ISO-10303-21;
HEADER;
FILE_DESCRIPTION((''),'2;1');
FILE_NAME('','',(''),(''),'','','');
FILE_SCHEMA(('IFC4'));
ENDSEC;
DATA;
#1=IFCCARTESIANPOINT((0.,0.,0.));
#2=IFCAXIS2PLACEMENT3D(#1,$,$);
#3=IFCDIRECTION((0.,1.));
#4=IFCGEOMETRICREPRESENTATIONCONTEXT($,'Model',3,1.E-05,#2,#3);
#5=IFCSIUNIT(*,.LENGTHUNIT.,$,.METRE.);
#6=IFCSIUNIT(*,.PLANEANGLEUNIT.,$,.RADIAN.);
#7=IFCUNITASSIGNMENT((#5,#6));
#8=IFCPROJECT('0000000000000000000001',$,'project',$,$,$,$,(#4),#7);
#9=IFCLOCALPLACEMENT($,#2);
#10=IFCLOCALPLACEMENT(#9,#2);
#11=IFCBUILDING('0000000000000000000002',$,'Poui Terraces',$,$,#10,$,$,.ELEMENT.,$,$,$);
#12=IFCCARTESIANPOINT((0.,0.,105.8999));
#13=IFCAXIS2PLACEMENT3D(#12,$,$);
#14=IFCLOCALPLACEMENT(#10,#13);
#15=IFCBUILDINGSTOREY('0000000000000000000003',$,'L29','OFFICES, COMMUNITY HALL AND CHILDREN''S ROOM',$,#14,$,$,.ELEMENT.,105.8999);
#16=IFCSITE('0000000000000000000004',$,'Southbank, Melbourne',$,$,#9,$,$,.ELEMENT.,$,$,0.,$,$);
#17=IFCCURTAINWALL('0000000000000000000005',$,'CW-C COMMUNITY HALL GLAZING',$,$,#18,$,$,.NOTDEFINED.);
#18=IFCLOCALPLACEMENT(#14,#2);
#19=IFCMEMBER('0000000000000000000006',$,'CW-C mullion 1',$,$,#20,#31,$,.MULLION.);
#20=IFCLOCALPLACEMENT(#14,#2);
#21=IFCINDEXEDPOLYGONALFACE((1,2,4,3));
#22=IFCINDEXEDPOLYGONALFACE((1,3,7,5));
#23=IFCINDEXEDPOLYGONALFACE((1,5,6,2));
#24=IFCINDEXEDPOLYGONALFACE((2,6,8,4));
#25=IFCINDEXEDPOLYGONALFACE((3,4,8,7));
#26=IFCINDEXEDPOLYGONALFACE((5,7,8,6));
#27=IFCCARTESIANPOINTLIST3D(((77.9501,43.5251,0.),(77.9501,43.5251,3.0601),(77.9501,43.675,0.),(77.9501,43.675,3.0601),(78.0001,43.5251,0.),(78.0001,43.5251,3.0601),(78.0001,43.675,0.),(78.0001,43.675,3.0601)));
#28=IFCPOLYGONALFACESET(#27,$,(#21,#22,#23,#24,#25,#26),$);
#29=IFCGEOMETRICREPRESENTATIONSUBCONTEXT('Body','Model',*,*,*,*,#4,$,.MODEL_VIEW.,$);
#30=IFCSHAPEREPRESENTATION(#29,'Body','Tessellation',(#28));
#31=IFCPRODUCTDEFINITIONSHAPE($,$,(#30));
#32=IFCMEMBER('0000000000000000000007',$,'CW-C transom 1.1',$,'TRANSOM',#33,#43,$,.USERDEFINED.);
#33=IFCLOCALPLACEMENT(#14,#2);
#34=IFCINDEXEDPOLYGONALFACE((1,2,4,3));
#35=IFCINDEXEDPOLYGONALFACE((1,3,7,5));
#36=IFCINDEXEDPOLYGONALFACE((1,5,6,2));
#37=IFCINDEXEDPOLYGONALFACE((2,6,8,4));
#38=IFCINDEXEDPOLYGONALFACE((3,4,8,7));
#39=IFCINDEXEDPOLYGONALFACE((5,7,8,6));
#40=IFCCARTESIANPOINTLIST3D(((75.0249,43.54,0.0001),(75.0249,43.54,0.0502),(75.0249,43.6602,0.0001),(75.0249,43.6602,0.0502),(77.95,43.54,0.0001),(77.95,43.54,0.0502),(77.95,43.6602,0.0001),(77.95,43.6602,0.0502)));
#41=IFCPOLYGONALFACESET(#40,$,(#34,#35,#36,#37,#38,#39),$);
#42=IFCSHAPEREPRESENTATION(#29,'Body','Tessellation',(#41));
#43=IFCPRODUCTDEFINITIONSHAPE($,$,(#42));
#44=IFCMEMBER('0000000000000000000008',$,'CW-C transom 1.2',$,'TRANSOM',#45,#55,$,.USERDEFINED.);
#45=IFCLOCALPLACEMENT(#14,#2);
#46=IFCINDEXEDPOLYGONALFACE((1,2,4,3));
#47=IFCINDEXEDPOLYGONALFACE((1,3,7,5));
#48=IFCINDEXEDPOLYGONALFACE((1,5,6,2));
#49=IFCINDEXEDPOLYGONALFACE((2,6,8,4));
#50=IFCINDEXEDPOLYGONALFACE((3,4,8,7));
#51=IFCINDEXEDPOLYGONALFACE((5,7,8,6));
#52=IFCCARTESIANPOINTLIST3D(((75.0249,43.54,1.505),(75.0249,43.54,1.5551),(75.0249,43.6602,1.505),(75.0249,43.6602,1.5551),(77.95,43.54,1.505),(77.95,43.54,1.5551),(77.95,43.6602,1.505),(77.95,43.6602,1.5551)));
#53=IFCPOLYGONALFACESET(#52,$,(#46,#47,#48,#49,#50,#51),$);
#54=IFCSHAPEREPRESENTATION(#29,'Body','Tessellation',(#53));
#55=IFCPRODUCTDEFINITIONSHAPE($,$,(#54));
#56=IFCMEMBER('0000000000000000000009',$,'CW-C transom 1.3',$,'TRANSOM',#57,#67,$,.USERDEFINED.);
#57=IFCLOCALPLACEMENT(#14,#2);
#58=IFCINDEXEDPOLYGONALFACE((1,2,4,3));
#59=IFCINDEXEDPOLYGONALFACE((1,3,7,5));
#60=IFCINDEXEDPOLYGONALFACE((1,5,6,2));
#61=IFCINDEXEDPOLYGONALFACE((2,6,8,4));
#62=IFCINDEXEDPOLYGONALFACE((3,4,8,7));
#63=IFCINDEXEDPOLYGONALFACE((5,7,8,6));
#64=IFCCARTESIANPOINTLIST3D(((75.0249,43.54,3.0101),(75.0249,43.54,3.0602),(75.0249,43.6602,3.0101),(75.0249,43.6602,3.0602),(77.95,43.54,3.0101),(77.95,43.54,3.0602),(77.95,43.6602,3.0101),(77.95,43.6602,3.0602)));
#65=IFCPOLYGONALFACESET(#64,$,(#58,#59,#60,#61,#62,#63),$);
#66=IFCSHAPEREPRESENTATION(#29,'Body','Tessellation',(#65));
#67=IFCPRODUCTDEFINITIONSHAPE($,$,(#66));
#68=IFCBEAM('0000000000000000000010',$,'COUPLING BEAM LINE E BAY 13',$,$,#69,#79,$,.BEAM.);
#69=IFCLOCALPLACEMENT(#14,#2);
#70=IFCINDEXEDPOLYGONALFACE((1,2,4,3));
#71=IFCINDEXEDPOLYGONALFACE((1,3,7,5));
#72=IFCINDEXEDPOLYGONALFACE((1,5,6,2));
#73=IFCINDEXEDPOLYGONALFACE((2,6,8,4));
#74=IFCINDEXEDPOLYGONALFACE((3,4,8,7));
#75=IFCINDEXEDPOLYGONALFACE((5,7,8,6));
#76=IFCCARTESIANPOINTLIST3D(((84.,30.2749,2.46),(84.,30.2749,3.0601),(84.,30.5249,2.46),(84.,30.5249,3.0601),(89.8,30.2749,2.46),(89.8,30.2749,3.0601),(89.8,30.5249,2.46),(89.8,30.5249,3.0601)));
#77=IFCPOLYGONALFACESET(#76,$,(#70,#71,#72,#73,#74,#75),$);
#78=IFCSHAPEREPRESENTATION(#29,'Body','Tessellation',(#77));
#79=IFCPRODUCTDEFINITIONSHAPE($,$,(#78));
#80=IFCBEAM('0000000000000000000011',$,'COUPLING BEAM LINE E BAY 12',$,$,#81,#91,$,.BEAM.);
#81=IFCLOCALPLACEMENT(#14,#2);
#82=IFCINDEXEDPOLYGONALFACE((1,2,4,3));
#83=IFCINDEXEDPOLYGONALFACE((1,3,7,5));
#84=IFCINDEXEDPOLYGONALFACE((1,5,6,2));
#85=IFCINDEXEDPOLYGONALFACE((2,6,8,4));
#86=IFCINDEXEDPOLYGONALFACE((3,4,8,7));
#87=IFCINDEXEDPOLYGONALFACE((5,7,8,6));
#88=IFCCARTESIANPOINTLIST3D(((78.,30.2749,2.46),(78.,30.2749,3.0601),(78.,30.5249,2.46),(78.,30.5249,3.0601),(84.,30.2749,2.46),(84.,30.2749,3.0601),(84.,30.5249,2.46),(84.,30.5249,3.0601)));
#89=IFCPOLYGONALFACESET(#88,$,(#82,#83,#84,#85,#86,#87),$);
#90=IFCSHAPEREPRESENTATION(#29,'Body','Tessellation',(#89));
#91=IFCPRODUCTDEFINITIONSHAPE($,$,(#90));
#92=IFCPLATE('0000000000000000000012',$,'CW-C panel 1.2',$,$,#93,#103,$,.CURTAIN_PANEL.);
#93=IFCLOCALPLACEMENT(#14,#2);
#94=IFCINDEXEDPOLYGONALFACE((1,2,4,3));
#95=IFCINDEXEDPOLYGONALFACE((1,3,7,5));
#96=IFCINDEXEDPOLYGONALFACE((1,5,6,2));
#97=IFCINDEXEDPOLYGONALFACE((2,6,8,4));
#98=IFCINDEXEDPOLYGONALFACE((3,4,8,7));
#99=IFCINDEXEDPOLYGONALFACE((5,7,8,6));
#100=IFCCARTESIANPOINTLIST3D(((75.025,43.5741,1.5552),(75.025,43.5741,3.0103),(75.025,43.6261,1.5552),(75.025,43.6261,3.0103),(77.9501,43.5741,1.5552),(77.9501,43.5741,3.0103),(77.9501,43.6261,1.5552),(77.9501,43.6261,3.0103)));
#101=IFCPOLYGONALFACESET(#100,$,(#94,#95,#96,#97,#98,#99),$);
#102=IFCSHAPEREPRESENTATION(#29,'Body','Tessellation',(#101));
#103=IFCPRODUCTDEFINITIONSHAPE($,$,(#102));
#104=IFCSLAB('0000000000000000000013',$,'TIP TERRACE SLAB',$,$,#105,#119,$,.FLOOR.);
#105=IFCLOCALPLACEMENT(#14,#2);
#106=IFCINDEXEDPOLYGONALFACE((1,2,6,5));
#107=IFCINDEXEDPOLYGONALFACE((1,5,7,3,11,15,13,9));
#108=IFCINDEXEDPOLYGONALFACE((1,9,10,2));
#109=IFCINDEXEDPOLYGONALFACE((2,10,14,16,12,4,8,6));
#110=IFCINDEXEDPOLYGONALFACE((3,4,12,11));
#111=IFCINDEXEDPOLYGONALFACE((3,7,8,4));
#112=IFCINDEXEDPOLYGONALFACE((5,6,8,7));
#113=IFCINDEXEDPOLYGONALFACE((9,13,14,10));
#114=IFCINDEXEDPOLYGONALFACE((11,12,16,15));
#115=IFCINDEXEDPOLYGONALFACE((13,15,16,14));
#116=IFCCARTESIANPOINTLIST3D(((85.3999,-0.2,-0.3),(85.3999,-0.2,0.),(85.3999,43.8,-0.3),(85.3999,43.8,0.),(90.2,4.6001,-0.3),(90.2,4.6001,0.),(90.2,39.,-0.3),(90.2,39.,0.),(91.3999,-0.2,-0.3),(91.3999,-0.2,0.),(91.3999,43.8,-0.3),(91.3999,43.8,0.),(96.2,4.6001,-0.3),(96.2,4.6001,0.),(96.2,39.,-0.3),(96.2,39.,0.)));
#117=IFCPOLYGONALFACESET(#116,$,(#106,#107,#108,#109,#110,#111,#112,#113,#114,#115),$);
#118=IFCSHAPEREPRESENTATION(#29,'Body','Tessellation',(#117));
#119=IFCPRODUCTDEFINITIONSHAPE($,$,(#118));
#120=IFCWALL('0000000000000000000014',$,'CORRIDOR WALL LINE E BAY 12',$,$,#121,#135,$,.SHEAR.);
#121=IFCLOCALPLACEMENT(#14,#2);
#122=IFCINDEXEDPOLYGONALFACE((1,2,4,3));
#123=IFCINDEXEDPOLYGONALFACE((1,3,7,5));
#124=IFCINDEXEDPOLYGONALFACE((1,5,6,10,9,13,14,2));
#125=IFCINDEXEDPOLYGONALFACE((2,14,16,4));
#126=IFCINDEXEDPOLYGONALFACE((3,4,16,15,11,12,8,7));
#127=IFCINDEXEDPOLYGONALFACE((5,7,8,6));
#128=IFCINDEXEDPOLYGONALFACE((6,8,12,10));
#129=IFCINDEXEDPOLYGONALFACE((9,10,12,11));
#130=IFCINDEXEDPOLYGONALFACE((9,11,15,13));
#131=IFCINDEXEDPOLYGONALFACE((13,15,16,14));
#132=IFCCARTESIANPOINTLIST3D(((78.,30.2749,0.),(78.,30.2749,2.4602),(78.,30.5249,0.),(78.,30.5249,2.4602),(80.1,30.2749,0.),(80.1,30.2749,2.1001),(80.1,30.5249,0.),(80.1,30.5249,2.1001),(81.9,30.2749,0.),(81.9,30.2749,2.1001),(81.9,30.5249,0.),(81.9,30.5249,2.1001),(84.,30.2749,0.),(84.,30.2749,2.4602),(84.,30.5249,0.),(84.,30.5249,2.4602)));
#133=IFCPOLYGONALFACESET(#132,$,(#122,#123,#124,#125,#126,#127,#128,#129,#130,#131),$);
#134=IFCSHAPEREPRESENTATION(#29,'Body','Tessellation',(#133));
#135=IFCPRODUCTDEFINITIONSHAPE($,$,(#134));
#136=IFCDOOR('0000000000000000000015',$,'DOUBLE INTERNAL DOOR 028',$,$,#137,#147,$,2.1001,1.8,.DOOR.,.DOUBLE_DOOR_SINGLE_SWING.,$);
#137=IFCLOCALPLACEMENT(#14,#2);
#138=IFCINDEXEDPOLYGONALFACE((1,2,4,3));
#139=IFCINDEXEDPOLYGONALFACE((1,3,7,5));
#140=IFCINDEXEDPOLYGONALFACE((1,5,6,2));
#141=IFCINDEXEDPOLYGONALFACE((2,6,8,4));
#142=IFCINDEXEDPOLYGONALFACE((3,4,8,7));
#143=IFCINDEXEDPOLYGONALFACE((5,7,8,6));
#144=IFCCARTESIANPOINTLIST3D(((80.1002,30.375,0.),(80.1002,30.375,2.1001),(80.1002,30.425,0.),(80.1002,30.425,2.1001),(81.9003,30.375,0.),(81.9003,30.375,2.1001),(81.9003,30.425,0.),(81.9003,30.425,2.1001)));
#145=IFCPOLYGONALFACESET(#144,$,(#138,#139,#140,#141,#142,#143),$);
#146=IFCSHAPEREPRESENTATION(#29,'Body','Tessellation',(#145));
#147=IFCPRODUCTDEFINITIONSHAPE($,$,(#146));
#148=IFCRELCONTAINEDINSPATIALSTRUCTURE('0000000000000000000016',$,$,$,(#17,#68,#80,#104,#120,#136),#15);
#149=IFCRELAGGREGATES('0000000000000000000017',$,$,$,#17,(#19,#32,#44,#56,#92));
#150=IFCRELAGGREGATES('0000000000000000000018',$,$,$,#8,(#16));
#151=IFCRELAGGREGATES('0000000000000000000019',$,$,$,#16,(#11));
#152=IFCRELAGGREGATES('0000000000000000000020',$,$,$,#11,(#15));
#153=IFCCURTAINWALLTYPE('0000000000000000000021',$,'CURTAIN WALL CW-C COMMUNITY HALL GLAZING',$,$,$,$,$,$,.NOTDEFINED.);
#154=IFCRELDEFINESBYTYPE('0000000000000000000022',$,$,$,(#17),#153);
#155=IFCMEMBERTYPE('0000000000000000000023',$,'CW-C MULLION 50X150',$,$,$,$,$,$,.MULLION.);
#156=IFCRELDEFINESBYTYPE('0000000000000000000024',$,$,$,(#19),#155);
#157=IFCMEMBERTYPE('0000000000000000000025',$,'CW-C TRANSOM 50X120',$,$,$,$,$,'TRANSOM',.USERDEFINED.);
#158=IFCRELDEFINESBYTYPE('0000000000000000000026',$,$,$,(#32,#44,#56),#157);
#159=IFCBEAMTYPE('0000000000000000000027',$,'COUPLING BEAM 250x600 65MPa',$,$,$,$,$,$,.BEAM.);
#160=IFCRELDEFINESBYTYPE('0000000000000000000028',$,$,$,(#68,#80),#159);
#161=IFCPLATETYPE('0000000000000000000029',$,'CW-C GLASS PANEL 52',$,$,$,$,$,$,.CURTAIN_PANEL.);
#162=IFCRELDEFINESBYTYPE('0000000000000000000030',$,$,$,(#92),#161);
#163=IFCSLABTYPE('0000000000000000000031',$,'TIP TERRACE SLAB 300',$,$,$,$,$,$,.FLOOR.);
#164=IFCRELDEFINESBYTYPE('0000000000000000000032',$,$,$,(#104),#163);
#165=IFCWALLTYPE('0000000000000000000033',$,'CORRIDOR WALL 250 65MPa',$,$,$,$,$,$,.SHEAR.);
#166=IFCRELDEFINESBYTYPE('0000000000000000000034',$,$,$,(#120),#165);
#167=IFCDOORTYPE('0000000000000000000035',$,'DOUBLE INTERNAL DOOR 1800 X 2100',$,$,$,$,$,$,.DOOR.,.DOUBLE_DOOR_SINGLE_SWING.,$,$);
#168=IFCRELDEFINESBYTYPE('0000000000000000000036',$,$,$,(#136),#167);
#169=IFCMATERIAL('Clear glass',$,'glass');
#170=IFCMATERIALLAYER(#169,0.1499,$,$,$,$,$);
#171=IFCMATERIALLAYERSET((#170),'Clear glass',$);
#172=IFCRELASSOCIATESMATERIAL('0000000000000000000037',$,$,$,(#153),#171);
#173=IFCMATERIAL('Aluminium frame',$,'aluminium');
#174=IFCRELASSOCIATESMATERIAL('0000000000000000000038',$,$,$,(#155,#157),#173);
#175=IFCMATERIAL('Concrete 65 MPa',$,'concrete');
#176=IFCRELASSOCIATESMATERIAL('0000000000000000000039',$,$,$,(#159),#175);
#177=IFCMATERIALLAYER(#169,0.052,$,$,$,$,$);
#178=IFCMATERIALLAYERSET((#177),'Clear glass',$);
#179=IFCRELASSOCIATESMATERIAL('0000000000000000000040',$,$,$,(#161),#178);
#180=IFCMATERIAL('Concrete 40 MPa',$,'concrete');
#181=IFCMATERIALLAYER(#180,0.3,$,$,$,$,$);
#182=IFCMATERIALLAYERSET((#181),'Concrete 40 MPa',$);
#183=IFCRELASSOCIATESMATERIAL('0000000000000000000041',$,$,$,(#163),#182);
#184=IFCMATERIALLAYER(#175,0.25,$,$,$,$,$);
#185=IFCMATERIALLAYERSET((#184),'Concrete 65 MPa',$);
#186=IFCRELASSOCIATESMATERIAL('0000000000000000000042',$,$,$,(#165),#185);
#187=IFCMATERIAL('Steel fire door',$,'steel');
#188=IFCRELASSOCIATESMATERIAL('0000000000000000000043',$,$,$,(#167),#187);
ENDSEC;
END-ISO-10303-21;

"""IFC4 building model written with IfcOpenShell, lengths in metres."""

from ifc_helpers import new_model, si_unit, direction, frame, frame_2d, origin, origin_2d, place, context, subcontext, project, spatial, polyline, rectangle, outline, extrude, source, transform, mapped, material, layer, layer_set, material_profile, profile_set, type_object, element, fill, aggregate, save


model = new_model("IFC4")

# Units and contexts
model_context = context("Model", 3, precision=1e-05, world=origin(), true_north=direction((0.0, 1.0)))
body_context = subcontext(model_context, "Body", "Model", "MODEL_VIEW")
ifc_project = project(units=[si_unit("LENGTHUNIT", "METRE"), si_unit("PLANEANGLEUNIT", "RADIAN")], contexts=[model_context])

# Site, building, storey
site_placement = place(None, origin())
site = spatial("IfcSite", under=ifc_project, at=site_placement, Name="Southbank, Melbourne", CompositionType="ELEMENT", RefElevation=0.0)
building_placement = place(site_placement, origin())
building = spatial("IfcBuilding", under=site, at=building_placement, Name="Poui Terraces", CompositionType="ELEMENT")
storey_placement = place(building_placement, frame((0.0, 0.0, 105.8999)))
storey = spatial("IfcBuildingStorey", under=building, at=storey_placement, Name="L29", Description="OFFICES, COMMUNITY HALL AND CHILDREN'S ROOM", CompositionType="ELEMENT", Elevation=105.8999)

# Curtain wall, members
ifc_material_1 = material(Name="Clear glass", Category="glass")
ifc_layer_1 = layer(ifc_material_1, 0.1499)
ifc_layer_set_1 = layer_set([ifc_layer_1], Name="Clear glass")
curtain_wall_type = type_object("IfcCurtainWallType", Name="CURTAIN WALL CW-C COMMUNITY HALL GLAZING", PredefinedType="NOTDEFINED", material=ifc_layer_set_1)
curtain_wall_placement = place(storey_placement, origin())
curtain_wall = element("IfcCurtainWall", 1, at=curtain_wall_placement, inside=storey, type_object=curtain_wall_type, Name="CW-C COMMUNITY HALL GLAZING", PredefinedType="NOTDEFINED")
ifc_material_2 = material(Name="Aluminium frame", Category="aluminium")
ifc_material_profile_1 = material_profile(ifc_material_2, rectangle(XDim=0.1499, YDim=0.05, at=origin_2d()), Name="CW-C MULLION 50X150")
ifc_profile_set_1 = profile_set([ifc_material_profile_1], Name="Aluminium frame")
member_type_1 = type_object("IfcMemberType", Name="CW-C MULLION 50X150", PredefinedType="MULLION", material=ifc_profile_set_1)
member_1_placement = place(storey_placement, frame((77.9751, 43.6001, 0.0), z_axis=(0.0, 0.0, 1.0), x_axis=(0.0, -1.0, 0.0)))
member_1 = element("IfcMember", 2, at=member_1_placement, type_object=member_type_1, Name="CW-C mullion 1", PredefinedType="MULLION", context=body_context, shape_type="SweptSolid", body=[
    extrude(rectangle(XDim=0.1499, YDim=0.05, at=origin_2d()), origin(), (0.0, 0.0, 1.0), 3.0601),
])
ifc_material_profile_2 = material_profile(ifc_material_2, rectangle(XDim=0.1201, YDim=0.05, at=origin_2d()), Name="CW-C TRANSOM 50X120")
ifc_profile_set_2 = profile_set([ifc_material_profile_2], Name="Aluminium frame")
member_type_2 = type_object("IfcMemberType", Name="CW-C TRANSOM 50X120", ElementType="TRANSOM", PredefinedType="USERDEFINED", material=ifc_profile_set_2)
member_2_placement = place(storey_placement, frame((77.95, 43.6001, 0.0251), z_axis=(-1.0, 0.0, 0.0), x_axis=(0.0, -1.0, 0.0)))
member_2 = element("IfcMember", 3, at=member_2_placement, type_object=member_type_2, Name="CW-C transom 1.1", ObjectType="TRANSOM", PredefinedType="USERDEFINED", context=body_context, shape_type="SweptSolid", body=[
    extrude(rectangle(XDim=0.1201, YDim=0.05, at=origin_2d()), origin(), (0.0, 0.0, 1.0), 2.925),
])
member_3_placement = place(storey_placement, frame((77.95, 43.6001, 1.53), z_axis=(-1.0, 0.0, 0.0), x_axis=(0.0, -1.0, 0.0)))
member_3 = element("IfcMember", 4, at=member_3_placement, type_object=member_type_2, Name="CW-C transom 1.2", ObjectType="TRANSOM", PredefinedType="USERDEFINED", context=body_context, shape_type="SweptSolid", body=[
    extrude(rectangle(XDim=0.1201, YDim=0.05, at=origin_2d()), origin(), (0.0, 0.0, 1.0), 2.925),
])
member_4_placement = place(storey_placement, frame((77.95, 43.6001, 3.0352), z_axis=(-1.0, 0.0, 0.0), x_axis=(0.0, -1.0, 0.0)))
member_4 = element("IfcMember", 5, at=member_4_placement, type_object=member_type_2, Name="CW-C transom 1.3", ObjectType="TRANSOM", PredefinedType="USERDEFINED", context=body_context, shape_type="SweptSolid", body=[
    extrude(rectangle(XDim=0.1201, YDim=0.05, at=origin_2d()), origin(), (0.0, 0.0, 1.0), 2.925),
])

# Beams
ifc_material_3 = material(Name="Concrete 65 MPa", Category="concrete")
ifc_material_profile_3 = material_profile(ifc_material_3, rectangle(XDim=0.25, YDim=0.6001, at=origin_2d()), Name="RC 250x600")
ifc_profile_set_3 = profile_set([ifc_material_profile_3], Name="Concrete 65 MPa")
beam_type = type_object("IfcBeamType", Name="COUPLING BEAM 250x600 65MPa", PredefinedType="BEAM", material=ifc_profile_set_3)
shared_shape_1 = source(origin(), body_context, "Body", "SweptSolid", [
    extrude(rectangle(XDim=0.25, YDim=0.6001, at=origin_2d()), origin(), (0.0, 0.0, 1.0), 5.8),
])
beam_1_placement = place(storey_placement, frame((84.0, 30.3999, 2.76), z_axis=(1.0, 0.0, 0.0), x_axis=(0.0, 1.0, 0.0)))
element("IfcBeam", 6, at=beam_1_placement, inside=storey, type_object=beam_type, Name="COUPLING BEAM LINE E BAY 13", PredefinedType="BEAM", context=body_context, shape_type="MappedRepresentation", body=[
    mapped(shared_shape_1, transform((0.0, 0.0, 0.0))),
])
shared_shape_2 = source(origin(), body_context, "Body", "SweptSolid", [
    extrude(rectangle(XDim=0.25, YDim=0.6001, at=origin_2d()), origin(), (0.0, 0.0, 1.0), 6.0),
])
beam_2_placement = place(storey_placement, frame((78.0, 30.3999, 2.76), z_axis=(1.0, 0.0, 0.0), x_axis=(0.0, 1.0, 0.0)))
element("IfcBeam", 7, at=beam_2_placement, inside=storey, type_object=beam_type, Name="COUPLING BEAM LINE E BAY 12", PredefinedType="BEAM", context=body_context, shape_type="MappedRepresentation", body=[
    mapped(shared_shape_2, transform((0.0, 0.0, 0.0))),
])

# Plate
ifc_layer_2 = layer(ifc_material_1, 0.052)
ifc_layer_set_2 = layer_set([ifc_layer_2], Name="Clear glass")
plate_type = type_object("IfcPlateType", Name="CW-C GLASS PANEL 52", PredefinedType="CURTAIN_PANEL", material=ifc_layer_set_2)
plate_placement = place(storey_placement, frame((76.4875, 43.6001, 1.5552), z_axis=(0.0, 0.0, 1.0), x_axis=(-1.0, 0.0, 0.0)))
plate = element("IfcPlate", 8, at=plate_placement, type_object=plate_type, Name="CW-C panel 1.2", PredefinedType="CURTAIN_PANEL", context=body_context, shape_type="SweptSolid", body=[
    extrude(rectangle(XDim=2.925, YDim=0.052, at=origin_2d()), origin(), (0.0, 0.0, 1.0), 1.4551),
])
aggregate(curtain_wall, [member_1, member_2, member_3, member_4, plate])

# Slab
ifc_material_4 = material(Name="Concrete 40 MPa", Category="concrete")
ifc_layer_3 = layer(ifc_material_4, 0.3)
ifc_layer_set_3 = layer_set([ifc_layer_3], Name="Concrete 40 MPa")
slab_type = type_object("IfcSlabType", Name="TIP TERRACE SLAB 300", PredefinedType="FLOOR", material=ifc_layer_set_3)
shared_shape_3 = source(origin(), body_context, "Body", "SweptSolid", [
    extrude(outline(polyline([(0.0, 0.0), (-6.0, 0.0), (-1.2, -4.8), (-1.2, -39.2), (-6.0, -44.0), (0.0, -44.0), (4.8, -39.2), (4.8, -4.8), (0.0, 0.0)])), origin(), (0.0, 0.0, 1.0), 0.3),
])
slab_placement = place(storey_placement, frame((91.3999, 43.8, -0.3)))
element("IfcSlab", 9, at=slab_placement, inside=storey, type_object=slab_type, Name="TIP TERRACE SLAB", PredefinedType="FLOOR", context=body_context, shape_type="MappedRepresentation", body=[
    mapped(shared_shape_3, transform((0.0, 0.0, 0.0))),
])

# Wall, opening, door
ifc_layer_4 = layer(ifc_material_3, 0.25)
ifc_layer_set_4 = layer_set([ifc_layer_4], Name="Concrete 65 MPa")
wall_type_1 = type_object("IfcWallType", Name="CORRIDOR WALL 250 65MPa", PredefinedType="SHEAR", material=ifc_layer_set_4)
wall_1_placement = place(storey_placement, frame((78.0, 30.3999, 0.0), z_axis=(0.0, 0.0, 1.0), x_axis=(1.0, 0.0, 0.0)))
wall_1 = element("IfcWall", 10, at=wall_1_placement, inside=storey, type_object=wall_type_1, Name="CORRIDOR WALL LINE E BAY 12", PredefinedType="SHEAR", context=body_context, shape_type="SweptSolid", body=[
    extrude(rectangle(XDim=6.0, YDim=0.25, at=frame_2d((3.0, 0.0))), origin(), (0.0, 0.0, 1.0), 2.4602),
])
opening_1_placement = place(wall_1_placement, frame((2.1001, 0.0, 0.0)))
opening_1 = element("IfcOpeningElement", 11, at=opening_1_placement, cuts=wall_1, PredefinedType="OPENING", context=body_context, shape_type="SweptSolid", body=[
    extrude(rectangle(XDim=1.8, YDim=2.1001, at=frame_2d((0.8999, 1.05))), frame((0.0, 0.135, 0.0), z_axis=(0.0, -1.0, 0.0), x_axis=(1.0, 0.0, 0.0)), (0.0, 0.0, 1.0), 0.27),
])
ifc_material_5 = material(Name="Steel fire door", Category="steel")
door_type = type_object("IfcDoorType", Name="DOUBLE INTERNAL DOOR 1800 X 2100", OperationType="DOUBLE_DOOR_SINGLE_SWING", PredefinedType="DOOR", material=ifc_material_5)
door_1_placement = place(opening_1_placement, frame((1.8, 0.0, 0.0), z_axis=(0.0, 0.0, 1.0), x_axis=(-1.0, 0.0, 0.0)))
door_1 = element("IfcDoor", 12, at=door_1_placement, inside=storey, type_object=door_type, Name="DOUBLE INTERNAL DOOR 028", OperationType="DOUBLE_DOOR_SINGLE_SWING", OverallHeight=2.1001, OverallWidth=1.8, PredefinedType="DOOR", context=body_context, shape_type="SweptSolid", body=[
    extrude(rectangle(XDim=1.8, YDim=2.1001, at=frame_2d((0.8999, 1.05))), frame((0.0, 0.0249, 0.0), z_axis=(0.0, -1.0, 0.0), x_axis=(1.0, 0.0, 0.0)), (0.0, 0.0, 1.0), 0.05),
])
fill(opening_1, door_1)

save(model, "model.ifc")
